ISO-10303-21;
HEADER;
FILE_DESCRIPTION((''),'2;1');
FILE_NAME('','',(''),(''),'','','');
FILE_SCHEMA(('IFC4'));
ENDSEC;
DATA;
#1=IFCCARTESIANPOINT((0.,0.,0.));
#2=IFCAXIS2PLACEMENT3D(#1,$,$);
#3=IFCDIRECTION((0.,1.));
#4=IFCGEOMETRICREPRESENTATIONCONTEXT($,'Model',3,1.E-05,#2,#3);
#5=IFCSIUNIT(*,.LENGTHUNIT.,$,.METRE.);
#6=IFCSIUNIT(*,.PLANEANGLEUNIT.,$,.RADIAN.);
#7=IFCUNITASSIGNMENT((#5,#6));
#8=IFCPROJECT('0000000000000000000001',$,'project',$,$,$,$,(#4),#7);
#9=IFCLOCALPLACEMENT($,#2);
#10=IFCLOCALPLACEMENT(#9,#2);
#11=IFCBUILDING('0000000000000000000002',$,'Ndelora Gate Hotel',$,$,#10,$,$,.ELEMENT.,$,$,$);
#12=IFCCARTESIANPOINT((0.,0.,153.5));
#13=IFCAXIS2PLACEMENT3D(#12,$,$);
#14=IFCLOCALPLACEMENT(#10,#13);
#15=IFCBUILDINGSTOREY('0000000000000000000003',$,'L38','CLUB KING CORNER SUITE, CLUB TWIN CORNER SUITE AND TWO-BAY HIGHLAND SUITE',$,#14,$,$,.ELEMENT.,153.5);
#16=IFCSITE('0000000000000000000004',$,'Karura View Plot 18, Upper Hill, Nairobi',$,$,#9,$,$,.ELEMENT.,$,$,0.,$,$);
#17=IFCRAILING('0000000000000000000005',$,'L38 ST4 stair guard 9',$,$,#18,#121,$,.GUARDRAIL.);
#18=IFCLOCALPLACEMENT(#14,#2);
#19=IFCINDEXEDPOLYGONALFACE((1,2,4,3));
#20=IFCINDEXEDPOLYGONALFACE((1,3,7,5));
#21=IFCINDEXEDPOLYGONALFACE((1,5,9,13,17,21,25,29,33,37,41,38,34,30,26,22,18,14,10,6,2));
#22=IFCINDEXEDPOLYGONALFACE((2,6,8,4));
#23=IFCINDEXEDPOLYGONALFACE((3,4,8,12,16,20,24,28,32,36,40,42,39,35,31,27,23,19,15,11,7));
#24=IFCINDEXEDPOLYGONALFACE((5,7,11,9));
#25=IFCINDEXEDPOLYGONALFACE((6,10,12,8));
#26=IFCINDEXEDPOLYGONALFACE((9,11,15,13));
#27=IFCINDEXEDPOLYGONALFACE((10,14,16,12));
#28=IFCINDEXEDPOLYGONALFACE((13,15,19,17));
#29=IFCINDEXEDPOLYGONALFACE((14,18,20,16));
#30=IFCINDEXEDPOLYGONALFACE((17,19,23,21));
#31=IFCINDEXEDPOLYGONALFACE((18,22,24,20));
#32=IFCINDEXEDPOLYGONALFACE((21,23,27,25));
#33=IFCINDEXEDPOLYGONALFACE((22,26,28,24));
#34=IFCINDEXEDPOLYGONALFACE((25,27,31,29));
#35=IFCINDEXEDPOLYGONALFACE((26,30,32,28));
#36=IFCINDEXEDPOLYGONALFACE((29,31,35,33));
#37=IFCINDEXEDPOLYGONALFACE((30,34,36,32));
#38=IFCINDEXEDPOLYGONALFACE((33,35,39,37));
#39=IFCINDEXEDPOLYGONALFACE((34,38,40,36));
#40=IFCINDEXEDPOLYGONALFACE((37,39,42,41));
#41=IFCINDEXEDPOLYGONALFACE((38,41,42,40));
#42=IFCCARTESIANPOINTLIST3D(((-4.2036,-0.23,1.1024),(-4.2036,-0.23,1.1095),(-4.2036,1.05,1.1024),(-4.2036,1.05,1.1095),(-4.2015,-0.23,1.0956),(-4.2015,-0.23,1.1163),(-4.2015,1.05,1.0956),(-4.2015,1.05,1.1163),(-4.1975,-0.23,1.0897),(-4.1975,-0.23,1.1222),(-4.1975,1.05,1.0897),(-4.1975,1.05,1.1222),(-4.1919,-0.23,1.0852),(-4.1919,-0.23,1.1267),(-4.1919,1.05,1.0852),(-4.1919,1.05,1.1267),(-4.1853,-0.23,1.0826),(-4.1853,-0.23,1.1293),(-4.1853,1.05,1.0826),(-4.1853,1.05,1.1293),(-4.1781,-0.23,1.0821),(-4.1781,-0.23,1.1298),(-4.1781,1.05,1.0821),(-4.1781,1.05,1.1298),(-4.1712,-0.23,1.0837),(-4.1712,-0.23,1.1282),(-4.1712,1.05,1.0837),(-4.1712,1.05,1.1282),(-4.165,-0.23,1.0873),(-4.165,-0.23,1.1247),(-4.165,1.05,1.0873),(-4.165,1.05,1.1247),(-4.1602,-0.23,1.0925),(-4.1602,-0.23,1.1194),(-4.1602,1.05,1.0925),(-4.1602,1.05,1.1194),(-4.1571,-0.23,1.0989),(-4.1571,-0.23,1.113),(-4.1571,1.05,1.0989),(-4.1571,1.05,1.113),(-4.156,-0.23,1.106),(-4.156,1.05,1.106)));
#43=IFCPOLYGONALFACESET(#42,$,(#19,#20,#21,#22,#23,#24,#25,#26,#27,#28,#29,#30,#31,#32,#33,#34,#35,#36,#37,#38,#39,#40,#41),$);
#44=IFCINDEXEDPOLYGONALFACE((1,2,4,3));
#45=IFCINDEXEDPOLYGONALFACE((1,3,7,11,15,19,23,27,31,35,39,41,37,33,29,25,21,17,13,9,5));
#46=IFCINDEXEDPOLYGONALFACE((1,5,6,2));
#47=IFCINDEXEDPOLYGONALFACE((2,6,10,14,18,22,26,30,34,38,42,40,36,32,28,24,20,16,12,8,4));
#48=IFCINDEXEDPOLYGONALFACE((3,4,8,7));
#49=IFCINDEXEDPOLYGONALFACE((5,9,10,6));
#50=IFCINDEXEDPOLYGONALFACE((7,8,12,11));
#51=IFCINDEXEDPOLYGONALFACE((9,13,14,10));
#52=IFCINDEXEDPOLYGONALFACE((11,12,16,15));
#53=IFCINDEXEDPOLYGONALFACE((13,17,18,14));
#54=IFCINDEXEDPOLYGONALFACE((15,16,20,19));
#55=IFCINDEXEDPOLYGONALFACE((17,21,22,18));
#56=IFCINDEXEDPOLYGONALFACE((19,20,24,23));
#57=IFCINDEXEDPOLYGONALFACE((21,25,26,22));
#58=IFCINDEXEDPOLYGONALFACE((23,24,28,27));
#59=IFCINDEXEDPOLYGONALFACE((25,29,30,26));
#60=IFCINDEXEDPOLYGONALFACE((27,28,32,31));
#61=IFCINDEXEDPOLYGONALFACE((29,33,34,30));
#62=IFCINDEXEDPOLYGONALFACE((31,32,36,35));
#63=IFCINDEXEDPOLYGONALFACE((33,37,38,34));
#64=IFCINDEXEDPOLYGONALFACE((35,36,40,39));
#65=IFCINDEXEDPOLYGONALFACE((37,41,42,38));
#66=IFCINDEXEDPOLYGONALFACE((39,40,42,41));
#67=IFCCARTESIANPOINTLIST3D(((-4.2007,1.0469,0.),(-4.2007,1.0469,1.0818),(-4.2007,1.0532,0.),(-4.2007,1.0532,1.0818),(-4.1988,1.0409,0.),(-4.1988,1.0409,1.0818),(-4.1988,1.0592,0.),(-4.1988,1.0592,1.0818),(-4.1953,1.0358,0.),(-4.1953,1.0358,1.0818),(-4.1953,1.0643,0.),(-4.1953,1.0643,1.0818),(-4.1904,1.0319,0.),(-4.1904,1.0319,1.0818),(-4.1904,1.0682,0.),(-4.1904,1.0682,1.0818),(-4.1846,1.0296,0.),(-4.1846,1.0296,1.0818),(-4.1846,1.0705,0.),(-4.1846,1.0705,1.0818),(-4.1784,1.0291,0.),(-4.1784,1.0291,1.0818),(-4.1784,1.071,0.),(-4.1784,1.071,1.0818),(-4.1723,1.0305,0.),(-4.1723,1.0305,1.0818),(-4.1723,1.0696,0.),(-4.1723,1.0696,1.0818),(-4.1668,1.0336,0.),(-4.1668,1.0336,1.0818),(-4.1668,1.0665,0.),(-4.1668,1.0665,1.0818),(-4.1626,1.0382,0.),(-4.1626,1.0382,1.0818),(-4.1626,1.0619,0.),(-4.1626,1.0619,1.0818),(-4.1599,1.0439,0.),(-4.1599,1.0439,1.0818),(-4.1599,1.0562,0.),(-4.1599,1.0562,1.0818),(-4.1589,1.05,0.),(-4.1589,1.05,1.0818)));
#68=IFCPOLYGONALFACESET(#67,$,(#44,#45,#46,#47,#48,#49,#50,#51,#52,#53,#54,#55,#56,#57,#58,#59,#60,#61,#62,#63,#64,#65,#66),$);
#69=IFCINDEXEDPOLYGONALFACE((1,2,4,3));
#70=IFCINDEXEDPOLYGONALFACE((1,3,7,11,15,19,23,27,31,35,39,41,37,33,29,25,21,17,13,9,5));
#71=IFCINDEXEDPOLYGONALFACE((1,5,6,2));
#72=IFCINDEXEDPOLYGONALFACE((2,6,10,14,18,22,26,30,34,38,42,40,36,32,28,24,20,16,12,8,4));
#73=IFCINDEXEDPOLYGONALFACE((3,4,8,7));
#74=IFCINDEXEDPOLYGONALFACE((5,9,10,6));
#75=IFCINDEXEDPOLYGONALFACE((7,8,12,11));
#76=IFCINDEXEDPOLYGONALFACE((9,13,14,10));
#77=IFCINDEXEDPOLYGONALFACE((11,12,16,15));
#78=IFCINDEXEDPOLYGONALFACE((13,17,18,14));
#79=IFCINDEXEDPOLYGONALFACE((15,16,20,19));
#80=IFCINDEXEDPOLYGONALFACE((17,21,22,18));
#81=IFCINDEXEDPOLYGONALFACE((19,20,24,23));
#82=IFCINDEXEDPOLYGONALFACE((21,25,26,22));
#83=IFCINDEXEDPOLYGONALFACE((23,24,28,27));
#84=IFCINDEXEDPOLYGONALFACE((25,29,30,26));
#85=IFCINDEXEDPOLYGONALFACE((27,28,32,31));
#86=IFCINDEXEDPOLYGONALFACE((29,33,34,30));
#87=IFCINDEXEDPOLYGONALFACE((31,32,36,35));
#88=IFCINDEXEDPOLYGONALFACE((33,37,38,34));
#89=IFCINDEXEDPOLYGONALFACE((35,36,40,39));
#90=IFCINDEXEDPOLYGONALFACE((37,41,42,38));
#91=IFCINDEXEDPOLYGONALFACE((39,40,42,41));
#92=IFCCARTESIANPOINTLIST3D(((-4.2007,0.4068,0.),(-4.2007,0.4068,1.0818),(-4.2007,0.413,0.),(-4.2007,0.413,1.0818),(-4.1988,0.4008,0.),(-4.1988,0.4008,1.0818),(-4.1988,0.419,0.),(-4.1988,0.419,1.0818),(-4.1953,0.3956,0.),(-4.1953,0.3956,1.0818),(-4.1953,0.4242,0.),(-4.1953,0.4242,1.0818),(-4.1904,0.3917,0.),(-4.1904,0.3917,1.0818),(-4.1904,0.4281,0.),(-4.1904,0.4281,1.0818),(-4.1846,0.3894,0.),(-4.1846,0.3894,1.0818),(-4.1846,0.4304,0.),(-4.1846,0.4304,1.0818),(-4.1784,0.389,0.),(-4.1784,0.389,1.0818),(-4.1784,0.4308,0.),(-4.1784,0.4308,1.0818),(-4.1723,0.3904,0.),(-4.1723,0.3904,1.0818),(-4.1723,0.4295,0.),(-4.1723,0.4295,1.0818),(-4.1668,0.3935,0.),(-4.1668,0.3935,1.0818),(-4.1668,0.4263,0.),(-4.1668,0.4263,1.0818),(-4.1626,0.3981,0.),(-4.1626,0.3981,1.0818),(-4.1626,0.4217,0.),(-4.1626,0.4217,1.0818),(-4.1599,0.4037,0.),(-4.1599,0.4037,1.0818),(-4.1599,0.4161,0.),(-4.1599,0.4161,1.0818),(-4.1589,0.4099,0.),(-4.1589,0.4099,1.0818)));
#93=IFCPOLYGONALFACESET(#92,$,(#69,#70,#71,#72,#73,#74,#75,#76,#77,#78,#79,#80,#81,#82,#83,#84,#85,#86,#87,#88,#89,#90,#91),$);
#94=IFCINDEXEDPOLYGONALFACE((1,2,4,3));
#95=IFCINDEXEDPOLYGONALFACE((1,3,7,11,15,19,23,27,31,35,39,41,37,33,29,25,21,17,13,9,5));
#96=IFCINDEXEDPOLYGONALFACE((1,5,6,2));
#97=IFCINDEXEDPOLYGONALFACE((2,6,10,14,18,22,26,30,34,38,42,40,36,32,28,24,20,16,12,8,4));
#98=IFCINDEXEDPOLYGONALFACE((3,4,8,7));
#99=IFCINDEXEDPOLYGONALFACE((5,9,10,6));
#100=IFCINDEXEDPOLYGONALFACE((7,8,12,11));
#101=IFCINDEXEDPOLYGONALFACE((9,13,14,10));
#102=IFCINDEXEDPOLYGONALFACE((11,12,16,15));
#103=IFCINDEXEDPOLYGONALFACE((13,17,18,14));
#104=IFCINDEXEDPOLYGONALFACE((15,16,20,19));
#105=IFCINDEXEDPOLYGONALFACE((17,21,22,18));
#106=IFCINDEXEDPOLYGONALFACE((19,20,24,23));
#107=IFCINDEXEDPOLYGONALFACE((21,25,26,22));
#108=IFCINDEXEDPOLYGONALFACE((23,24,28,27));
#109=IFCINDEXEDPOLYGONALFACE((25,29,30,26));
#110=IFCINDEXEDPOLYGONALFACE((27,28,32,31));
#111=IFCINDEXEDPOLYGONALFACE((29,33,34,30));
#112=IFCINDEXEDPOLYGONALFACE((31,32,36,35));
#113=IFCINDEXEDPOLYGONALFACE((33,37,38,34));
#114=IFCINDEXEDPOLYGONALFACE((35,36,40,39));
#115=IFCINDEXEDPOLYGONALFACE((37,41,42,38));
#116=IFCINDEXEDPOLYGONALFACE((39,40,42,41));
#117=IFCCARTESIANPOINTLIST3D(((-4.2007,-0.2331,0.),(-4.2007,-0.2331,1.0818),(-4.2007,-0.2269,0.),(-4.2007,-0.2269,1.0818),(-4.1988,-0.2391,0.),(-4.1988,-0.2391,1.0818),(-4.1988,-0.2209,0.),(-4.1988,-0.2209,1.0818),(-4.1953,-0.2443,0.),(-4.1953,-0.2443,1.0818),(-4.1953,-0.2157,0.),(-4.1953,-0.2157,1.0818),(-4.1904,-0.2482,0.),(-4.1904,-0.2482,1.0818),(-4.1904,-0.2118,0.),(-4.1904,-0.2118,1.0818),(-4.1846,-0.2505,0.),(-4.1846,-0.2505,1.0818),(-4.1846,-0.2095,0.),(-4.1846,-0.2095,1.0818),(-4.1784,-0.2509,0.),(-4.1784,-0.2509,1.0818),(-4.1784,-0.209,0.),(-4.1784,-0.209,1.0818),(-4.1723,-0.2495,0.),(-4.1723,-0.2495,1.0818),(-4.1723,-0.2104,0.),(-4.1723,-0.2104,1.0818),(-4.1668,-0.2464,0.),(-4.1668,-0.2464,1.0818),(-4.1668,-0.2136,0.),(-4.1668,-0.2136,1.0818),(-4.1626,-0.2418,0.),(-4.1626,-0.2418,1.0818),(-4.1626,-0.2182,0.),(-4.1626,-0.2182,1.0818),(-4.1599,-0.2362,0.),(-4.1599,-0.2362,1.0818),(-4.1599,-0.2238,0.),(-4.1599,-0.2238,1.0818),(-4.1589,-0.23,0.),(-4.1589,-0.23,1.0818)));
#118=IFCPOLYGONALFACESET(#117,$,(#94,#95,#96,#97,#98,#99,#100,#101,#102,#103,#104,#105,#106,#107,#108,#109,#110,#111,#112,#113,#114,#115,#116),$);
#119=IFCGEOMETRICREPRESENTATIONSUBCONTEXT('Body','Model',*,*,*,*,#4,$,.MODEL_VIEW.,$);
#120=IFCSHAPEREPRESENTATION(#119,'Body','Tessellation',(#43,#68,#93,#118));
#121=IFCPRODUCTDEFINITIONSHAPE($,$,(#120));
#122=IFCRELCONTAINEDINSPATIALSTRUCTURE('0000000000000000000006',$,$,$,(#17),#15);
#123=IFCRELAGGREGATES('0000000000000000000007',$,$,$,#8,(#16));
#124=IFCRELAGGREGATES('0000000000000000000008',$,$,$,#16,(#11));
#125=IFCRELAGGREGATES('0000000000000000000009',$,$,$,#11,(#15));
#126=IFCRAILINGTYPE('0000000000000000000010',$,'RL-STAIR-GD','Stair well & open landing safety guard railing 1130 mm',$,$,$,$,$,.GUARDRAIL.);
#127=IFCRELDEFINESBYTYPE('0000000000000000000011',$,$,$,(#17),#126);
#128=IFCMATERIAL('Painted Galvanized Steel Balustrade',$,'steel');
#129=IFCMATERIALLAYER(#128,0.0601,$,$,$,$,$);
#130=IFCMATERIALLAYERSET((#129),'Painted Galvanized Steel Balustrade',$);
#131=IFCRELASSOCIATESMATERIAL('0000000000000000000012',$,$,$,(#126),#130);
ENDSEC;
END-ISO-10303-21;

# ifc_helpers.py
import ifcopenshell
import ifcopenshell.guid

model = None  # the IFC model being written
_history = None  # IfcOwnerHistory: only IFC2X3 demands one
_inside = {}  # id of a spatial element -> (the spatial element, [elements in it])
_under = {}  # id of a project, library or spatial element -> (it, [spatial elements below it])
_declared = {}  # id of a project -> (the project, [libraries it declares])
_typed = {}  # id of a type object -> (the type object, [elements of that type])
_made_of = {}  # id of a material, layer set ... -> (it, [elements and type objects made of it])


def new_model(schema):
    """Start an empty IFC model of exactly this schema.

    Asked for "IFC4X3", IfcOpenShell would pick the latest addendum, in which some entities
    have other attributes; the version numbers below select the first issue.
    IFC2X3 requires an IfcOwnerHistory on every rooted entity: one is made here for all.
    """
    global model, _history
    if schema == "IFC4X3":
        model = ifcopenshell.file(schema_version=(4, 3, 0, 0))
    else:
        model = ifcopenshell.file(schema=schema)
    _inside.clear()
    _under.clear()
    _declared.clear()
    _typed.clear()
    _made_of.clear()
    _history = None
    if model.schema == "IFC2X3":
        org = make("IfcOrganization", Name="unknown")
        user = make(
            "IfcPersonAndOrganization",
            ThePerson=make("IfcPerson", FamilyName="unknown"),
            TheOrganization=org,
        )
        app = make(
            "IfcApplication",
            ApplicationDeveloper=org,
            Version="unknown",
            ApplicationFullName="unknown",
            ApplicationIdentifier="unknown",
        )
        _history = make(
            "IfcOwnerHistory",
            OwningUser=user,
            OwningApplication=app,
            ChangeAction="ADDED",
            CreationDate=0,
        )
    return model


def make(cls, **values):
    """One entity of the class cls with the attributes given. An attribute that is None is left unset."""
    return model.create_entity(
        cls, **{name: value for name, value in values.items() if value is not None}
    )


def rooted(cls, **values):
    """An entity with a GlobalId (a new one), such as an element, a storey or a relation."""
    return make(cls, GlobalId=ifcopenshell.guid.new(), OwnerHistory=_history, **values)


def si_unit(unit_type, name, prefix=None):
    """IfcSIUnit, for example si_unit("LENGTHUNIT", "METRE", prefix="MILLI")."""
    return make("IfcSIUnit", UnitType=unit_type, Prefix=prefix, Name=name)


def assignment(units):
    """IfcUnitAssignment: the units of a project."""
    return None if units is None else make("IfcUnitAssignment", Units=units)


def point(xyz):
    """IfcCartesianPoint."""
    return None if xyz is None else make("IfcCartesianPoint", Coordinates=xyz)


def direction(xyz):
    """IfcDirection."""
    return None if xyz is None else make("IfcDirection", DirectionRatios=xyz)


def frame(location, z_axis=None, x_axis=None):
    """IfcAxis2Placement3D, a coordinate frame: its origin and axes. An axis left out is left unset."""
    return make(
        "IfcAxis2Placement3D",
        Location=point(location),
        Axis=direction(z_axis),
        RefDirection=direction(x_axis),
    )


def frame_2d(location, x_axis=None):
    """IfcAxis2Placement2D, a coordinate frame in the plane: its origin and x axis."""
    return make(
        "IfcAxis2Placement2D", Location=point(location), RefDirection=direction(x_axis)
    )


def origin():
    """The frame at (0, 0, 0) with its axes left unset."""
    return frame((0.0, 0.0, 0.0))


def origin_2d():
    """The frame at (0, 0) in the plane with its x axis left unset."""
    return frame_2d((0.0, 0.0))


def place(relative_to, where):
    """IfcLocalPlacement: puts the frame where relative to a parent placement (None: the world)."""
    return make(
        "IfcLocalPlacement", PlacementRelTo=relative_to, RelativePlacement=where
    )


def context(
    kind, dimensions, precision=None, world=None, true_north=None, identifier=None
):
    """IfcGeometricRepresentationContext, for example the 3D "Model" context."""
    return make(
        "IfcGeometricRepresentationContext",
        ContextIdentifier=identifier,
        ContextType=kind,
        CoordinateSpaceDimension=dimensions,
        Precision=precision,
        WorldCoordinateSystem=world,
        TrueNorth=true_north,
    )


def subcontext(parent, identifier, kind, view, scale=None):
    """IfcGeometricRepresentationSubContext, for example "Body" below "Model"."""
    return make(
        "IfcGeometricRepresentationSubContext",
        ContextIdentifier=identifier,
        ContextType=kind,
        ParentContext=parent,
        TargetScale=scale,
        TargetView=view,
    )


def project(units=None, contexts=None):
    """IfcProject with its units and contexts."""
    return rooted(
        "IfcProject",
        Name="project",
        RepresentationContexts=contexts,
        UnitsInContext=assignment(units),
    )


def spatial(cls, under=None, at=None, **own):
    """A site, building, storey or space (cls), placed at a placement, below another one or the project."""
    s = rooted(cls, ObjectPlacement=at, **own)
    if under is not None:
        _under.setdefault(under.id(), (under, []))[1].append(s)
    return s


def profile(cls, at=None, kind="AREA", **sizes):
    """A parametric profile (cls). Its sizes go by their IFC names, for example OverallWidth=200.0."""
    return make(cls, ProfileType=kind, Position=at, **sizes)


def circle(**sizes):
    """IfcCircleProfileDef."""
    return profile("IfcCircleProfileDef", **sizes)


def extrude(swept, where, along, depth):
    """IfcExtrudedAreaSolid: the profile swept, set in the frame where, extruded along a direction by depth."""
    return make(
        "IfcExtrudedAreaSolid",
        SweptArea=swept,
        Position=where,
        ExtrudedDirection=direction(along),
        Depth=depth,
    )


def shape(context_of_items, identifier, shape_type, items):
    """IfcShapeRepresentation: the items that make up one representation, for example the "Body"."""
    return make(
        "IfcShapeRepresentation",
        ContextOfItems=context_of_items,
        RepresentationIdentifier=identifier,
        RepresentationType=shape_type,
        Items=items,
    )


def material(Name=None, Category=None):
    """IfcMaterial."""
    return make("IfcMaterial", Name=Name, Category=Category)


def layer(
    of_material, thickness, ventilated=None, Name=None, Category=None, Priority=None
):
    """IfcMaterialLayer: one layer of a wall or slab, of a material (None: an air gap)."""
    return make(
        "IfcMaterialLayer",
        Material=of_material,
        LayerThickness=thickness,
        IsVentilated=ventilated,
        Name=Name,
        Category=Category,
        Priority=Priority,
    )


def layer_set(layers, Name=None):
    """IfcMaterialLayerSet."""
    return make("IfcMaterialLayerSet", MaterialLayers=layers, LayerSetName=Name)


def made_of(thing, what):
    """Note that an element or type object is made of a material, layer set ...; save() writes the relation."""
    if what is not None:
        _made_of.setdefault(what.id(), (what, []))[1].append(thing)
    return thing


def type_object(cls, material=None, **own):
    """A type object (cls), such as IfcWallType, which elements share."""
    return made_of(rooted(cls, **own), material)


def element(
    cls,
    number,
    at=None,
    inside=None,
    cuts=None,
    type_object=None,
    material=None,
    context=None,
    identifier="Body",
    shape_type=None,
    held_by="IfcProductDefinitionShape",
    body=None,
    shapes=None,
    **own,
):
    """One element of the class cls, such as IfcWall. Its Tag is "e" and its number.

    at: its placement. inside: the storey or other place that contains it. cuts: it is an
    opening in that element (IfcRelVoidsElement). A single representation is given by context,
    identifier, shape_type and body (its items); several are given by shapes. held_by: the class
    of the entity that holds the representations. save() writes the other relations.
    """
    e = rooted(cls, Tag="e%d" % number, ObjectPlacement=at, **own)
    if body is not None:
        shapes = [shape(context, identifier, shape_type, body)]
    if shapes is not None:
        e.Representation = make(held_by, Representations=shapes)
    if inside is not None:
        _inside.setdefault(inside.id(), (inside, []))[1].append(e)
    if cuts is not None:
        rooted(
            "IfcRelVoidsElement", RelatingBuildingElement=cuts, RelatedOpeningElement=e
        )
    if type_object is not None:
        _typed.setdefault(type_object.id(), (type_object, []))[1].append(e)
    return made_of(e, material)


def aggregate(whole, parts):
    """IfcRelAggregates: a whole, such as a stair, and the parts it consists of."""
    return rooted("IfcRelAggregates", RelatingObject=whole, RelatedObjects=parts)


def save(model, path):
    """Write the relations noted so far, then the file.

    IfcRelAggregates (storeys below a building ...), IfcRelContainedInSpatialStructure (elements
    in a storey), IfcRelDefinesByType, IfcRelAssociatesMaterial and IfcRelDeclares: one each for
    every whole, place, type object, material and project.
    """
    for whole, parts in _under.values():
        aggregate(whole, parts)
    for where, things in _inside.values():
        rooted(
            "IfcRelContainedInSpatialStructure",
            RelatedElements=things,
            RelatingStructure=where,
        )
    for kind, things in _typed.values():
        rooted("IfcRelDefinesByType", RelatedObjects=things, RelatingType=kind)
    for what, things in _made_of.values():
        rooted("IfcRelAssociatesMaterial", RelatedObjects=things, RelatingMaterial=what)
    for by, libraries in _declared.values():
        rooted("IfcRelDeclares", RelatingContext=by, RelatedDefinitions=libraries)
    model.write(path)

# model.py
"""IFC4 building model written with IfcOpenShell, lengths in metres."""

from ifc_helpers import new_model, si_unit, direction, frame, origin, origin_2d, place, context, subcontext, project, spatial, circle, extrude, material, layer, layer_set, type_object, element, save


model = new_model("IFC4")

# Units and contexts
model_context = context("Model", 3, precision=1e-05, world=origin(), true_north=direction((0.0, 1.0)))
body_context = subcontext(model_context, "Body", "Model", "MODEL_VIEW")
ifc_project = project(units=[si_unit("LENGTHUNIT", "METRE"), si_unit("PLANEANGLEUNIT", "RADIAN")], contexts=[model_context])

# Site, building, storey
site_placement = place(None, origin())
site = spatial("IfcSite", under=ifc_project, at=site_placement, Name="Karura View Plot 18, Upper Hill, Nairobi", CompositionType="ELEMENT", RefElevation=0.0)
building_placement = place(site_placement, origin())
building = spatial("IfcBuilding", under=site, at=building_placement, Name="Ndelora Gate Hotel", CompositionType="ELEMENT")
storey_placement = place(building_placement, frame((0.0, 0.0, 153.5)))
storey = spatial("IfcBuildingStorey", under=building, at=storey_placement, Name="L38", Description="CLUB KING CORNER SUITE, CLUB TWIN CORNER SUITE AND TWO-BAY HIGHLAND SUITE", CompositionType="ELEMENT", Elevation=153.5)

# Railing
ifc_material_1 = material(Name="Painted Galvanized Steel Balustrade", Category="steel")
ifc_layer_1 = layer(ifc_material_1, 0.0601)
ifc_layer_set_1 = layer_set([ifc_layer_1], Name="Painted Galvanized Steel Balustrade")
railing_type = type_object("IfcRailingType", Name="RL-STAIR-GD", Description="Stair well & open landing safety guard railing 1130 mm", PredefinedType="GUARDRAIL", material=ifc_layer_set_1)
for number, where, name in (
    (1, (-4.1799, 1.05, 0.0), "L38 ST4 stair guard 9"),
):
    element("IfcRailing", number, at=place(storey_placement, frame(where)), inside=storey, type_object=railing_type, Name=name, PredefinedType="GUARDRAIL", context=body_context, shape_type="SweptSolid", body=[
        extrude(circle(Radius=0.0239, at=origin_2d()), frame((0.0, 0.0, 1.106), z_axis=(0.0, -1.0, 0.0), x_axis=(1.0, 0.0, 0.0)), (0.0, 0.0, 1.0), 1.28),
        extrude(circle(Radius=0.021, at=origin_2d()), origin(), (0.0, 0.0, 1.0), 1.0818),
        extrude(circle(Radius=0.021, at=origin_2d()), frame((0.0, -0.6401, 0.0)), (0.0, 0.0, 1.0), 1.0818),
        extrude(circle(Radius=0.021, at=origin_2d()), frame((0.0, -1.28, 0.0)), (0.0, 0.0, 1.0), 1.0818),
    ])

save(model, "model.ifc")
